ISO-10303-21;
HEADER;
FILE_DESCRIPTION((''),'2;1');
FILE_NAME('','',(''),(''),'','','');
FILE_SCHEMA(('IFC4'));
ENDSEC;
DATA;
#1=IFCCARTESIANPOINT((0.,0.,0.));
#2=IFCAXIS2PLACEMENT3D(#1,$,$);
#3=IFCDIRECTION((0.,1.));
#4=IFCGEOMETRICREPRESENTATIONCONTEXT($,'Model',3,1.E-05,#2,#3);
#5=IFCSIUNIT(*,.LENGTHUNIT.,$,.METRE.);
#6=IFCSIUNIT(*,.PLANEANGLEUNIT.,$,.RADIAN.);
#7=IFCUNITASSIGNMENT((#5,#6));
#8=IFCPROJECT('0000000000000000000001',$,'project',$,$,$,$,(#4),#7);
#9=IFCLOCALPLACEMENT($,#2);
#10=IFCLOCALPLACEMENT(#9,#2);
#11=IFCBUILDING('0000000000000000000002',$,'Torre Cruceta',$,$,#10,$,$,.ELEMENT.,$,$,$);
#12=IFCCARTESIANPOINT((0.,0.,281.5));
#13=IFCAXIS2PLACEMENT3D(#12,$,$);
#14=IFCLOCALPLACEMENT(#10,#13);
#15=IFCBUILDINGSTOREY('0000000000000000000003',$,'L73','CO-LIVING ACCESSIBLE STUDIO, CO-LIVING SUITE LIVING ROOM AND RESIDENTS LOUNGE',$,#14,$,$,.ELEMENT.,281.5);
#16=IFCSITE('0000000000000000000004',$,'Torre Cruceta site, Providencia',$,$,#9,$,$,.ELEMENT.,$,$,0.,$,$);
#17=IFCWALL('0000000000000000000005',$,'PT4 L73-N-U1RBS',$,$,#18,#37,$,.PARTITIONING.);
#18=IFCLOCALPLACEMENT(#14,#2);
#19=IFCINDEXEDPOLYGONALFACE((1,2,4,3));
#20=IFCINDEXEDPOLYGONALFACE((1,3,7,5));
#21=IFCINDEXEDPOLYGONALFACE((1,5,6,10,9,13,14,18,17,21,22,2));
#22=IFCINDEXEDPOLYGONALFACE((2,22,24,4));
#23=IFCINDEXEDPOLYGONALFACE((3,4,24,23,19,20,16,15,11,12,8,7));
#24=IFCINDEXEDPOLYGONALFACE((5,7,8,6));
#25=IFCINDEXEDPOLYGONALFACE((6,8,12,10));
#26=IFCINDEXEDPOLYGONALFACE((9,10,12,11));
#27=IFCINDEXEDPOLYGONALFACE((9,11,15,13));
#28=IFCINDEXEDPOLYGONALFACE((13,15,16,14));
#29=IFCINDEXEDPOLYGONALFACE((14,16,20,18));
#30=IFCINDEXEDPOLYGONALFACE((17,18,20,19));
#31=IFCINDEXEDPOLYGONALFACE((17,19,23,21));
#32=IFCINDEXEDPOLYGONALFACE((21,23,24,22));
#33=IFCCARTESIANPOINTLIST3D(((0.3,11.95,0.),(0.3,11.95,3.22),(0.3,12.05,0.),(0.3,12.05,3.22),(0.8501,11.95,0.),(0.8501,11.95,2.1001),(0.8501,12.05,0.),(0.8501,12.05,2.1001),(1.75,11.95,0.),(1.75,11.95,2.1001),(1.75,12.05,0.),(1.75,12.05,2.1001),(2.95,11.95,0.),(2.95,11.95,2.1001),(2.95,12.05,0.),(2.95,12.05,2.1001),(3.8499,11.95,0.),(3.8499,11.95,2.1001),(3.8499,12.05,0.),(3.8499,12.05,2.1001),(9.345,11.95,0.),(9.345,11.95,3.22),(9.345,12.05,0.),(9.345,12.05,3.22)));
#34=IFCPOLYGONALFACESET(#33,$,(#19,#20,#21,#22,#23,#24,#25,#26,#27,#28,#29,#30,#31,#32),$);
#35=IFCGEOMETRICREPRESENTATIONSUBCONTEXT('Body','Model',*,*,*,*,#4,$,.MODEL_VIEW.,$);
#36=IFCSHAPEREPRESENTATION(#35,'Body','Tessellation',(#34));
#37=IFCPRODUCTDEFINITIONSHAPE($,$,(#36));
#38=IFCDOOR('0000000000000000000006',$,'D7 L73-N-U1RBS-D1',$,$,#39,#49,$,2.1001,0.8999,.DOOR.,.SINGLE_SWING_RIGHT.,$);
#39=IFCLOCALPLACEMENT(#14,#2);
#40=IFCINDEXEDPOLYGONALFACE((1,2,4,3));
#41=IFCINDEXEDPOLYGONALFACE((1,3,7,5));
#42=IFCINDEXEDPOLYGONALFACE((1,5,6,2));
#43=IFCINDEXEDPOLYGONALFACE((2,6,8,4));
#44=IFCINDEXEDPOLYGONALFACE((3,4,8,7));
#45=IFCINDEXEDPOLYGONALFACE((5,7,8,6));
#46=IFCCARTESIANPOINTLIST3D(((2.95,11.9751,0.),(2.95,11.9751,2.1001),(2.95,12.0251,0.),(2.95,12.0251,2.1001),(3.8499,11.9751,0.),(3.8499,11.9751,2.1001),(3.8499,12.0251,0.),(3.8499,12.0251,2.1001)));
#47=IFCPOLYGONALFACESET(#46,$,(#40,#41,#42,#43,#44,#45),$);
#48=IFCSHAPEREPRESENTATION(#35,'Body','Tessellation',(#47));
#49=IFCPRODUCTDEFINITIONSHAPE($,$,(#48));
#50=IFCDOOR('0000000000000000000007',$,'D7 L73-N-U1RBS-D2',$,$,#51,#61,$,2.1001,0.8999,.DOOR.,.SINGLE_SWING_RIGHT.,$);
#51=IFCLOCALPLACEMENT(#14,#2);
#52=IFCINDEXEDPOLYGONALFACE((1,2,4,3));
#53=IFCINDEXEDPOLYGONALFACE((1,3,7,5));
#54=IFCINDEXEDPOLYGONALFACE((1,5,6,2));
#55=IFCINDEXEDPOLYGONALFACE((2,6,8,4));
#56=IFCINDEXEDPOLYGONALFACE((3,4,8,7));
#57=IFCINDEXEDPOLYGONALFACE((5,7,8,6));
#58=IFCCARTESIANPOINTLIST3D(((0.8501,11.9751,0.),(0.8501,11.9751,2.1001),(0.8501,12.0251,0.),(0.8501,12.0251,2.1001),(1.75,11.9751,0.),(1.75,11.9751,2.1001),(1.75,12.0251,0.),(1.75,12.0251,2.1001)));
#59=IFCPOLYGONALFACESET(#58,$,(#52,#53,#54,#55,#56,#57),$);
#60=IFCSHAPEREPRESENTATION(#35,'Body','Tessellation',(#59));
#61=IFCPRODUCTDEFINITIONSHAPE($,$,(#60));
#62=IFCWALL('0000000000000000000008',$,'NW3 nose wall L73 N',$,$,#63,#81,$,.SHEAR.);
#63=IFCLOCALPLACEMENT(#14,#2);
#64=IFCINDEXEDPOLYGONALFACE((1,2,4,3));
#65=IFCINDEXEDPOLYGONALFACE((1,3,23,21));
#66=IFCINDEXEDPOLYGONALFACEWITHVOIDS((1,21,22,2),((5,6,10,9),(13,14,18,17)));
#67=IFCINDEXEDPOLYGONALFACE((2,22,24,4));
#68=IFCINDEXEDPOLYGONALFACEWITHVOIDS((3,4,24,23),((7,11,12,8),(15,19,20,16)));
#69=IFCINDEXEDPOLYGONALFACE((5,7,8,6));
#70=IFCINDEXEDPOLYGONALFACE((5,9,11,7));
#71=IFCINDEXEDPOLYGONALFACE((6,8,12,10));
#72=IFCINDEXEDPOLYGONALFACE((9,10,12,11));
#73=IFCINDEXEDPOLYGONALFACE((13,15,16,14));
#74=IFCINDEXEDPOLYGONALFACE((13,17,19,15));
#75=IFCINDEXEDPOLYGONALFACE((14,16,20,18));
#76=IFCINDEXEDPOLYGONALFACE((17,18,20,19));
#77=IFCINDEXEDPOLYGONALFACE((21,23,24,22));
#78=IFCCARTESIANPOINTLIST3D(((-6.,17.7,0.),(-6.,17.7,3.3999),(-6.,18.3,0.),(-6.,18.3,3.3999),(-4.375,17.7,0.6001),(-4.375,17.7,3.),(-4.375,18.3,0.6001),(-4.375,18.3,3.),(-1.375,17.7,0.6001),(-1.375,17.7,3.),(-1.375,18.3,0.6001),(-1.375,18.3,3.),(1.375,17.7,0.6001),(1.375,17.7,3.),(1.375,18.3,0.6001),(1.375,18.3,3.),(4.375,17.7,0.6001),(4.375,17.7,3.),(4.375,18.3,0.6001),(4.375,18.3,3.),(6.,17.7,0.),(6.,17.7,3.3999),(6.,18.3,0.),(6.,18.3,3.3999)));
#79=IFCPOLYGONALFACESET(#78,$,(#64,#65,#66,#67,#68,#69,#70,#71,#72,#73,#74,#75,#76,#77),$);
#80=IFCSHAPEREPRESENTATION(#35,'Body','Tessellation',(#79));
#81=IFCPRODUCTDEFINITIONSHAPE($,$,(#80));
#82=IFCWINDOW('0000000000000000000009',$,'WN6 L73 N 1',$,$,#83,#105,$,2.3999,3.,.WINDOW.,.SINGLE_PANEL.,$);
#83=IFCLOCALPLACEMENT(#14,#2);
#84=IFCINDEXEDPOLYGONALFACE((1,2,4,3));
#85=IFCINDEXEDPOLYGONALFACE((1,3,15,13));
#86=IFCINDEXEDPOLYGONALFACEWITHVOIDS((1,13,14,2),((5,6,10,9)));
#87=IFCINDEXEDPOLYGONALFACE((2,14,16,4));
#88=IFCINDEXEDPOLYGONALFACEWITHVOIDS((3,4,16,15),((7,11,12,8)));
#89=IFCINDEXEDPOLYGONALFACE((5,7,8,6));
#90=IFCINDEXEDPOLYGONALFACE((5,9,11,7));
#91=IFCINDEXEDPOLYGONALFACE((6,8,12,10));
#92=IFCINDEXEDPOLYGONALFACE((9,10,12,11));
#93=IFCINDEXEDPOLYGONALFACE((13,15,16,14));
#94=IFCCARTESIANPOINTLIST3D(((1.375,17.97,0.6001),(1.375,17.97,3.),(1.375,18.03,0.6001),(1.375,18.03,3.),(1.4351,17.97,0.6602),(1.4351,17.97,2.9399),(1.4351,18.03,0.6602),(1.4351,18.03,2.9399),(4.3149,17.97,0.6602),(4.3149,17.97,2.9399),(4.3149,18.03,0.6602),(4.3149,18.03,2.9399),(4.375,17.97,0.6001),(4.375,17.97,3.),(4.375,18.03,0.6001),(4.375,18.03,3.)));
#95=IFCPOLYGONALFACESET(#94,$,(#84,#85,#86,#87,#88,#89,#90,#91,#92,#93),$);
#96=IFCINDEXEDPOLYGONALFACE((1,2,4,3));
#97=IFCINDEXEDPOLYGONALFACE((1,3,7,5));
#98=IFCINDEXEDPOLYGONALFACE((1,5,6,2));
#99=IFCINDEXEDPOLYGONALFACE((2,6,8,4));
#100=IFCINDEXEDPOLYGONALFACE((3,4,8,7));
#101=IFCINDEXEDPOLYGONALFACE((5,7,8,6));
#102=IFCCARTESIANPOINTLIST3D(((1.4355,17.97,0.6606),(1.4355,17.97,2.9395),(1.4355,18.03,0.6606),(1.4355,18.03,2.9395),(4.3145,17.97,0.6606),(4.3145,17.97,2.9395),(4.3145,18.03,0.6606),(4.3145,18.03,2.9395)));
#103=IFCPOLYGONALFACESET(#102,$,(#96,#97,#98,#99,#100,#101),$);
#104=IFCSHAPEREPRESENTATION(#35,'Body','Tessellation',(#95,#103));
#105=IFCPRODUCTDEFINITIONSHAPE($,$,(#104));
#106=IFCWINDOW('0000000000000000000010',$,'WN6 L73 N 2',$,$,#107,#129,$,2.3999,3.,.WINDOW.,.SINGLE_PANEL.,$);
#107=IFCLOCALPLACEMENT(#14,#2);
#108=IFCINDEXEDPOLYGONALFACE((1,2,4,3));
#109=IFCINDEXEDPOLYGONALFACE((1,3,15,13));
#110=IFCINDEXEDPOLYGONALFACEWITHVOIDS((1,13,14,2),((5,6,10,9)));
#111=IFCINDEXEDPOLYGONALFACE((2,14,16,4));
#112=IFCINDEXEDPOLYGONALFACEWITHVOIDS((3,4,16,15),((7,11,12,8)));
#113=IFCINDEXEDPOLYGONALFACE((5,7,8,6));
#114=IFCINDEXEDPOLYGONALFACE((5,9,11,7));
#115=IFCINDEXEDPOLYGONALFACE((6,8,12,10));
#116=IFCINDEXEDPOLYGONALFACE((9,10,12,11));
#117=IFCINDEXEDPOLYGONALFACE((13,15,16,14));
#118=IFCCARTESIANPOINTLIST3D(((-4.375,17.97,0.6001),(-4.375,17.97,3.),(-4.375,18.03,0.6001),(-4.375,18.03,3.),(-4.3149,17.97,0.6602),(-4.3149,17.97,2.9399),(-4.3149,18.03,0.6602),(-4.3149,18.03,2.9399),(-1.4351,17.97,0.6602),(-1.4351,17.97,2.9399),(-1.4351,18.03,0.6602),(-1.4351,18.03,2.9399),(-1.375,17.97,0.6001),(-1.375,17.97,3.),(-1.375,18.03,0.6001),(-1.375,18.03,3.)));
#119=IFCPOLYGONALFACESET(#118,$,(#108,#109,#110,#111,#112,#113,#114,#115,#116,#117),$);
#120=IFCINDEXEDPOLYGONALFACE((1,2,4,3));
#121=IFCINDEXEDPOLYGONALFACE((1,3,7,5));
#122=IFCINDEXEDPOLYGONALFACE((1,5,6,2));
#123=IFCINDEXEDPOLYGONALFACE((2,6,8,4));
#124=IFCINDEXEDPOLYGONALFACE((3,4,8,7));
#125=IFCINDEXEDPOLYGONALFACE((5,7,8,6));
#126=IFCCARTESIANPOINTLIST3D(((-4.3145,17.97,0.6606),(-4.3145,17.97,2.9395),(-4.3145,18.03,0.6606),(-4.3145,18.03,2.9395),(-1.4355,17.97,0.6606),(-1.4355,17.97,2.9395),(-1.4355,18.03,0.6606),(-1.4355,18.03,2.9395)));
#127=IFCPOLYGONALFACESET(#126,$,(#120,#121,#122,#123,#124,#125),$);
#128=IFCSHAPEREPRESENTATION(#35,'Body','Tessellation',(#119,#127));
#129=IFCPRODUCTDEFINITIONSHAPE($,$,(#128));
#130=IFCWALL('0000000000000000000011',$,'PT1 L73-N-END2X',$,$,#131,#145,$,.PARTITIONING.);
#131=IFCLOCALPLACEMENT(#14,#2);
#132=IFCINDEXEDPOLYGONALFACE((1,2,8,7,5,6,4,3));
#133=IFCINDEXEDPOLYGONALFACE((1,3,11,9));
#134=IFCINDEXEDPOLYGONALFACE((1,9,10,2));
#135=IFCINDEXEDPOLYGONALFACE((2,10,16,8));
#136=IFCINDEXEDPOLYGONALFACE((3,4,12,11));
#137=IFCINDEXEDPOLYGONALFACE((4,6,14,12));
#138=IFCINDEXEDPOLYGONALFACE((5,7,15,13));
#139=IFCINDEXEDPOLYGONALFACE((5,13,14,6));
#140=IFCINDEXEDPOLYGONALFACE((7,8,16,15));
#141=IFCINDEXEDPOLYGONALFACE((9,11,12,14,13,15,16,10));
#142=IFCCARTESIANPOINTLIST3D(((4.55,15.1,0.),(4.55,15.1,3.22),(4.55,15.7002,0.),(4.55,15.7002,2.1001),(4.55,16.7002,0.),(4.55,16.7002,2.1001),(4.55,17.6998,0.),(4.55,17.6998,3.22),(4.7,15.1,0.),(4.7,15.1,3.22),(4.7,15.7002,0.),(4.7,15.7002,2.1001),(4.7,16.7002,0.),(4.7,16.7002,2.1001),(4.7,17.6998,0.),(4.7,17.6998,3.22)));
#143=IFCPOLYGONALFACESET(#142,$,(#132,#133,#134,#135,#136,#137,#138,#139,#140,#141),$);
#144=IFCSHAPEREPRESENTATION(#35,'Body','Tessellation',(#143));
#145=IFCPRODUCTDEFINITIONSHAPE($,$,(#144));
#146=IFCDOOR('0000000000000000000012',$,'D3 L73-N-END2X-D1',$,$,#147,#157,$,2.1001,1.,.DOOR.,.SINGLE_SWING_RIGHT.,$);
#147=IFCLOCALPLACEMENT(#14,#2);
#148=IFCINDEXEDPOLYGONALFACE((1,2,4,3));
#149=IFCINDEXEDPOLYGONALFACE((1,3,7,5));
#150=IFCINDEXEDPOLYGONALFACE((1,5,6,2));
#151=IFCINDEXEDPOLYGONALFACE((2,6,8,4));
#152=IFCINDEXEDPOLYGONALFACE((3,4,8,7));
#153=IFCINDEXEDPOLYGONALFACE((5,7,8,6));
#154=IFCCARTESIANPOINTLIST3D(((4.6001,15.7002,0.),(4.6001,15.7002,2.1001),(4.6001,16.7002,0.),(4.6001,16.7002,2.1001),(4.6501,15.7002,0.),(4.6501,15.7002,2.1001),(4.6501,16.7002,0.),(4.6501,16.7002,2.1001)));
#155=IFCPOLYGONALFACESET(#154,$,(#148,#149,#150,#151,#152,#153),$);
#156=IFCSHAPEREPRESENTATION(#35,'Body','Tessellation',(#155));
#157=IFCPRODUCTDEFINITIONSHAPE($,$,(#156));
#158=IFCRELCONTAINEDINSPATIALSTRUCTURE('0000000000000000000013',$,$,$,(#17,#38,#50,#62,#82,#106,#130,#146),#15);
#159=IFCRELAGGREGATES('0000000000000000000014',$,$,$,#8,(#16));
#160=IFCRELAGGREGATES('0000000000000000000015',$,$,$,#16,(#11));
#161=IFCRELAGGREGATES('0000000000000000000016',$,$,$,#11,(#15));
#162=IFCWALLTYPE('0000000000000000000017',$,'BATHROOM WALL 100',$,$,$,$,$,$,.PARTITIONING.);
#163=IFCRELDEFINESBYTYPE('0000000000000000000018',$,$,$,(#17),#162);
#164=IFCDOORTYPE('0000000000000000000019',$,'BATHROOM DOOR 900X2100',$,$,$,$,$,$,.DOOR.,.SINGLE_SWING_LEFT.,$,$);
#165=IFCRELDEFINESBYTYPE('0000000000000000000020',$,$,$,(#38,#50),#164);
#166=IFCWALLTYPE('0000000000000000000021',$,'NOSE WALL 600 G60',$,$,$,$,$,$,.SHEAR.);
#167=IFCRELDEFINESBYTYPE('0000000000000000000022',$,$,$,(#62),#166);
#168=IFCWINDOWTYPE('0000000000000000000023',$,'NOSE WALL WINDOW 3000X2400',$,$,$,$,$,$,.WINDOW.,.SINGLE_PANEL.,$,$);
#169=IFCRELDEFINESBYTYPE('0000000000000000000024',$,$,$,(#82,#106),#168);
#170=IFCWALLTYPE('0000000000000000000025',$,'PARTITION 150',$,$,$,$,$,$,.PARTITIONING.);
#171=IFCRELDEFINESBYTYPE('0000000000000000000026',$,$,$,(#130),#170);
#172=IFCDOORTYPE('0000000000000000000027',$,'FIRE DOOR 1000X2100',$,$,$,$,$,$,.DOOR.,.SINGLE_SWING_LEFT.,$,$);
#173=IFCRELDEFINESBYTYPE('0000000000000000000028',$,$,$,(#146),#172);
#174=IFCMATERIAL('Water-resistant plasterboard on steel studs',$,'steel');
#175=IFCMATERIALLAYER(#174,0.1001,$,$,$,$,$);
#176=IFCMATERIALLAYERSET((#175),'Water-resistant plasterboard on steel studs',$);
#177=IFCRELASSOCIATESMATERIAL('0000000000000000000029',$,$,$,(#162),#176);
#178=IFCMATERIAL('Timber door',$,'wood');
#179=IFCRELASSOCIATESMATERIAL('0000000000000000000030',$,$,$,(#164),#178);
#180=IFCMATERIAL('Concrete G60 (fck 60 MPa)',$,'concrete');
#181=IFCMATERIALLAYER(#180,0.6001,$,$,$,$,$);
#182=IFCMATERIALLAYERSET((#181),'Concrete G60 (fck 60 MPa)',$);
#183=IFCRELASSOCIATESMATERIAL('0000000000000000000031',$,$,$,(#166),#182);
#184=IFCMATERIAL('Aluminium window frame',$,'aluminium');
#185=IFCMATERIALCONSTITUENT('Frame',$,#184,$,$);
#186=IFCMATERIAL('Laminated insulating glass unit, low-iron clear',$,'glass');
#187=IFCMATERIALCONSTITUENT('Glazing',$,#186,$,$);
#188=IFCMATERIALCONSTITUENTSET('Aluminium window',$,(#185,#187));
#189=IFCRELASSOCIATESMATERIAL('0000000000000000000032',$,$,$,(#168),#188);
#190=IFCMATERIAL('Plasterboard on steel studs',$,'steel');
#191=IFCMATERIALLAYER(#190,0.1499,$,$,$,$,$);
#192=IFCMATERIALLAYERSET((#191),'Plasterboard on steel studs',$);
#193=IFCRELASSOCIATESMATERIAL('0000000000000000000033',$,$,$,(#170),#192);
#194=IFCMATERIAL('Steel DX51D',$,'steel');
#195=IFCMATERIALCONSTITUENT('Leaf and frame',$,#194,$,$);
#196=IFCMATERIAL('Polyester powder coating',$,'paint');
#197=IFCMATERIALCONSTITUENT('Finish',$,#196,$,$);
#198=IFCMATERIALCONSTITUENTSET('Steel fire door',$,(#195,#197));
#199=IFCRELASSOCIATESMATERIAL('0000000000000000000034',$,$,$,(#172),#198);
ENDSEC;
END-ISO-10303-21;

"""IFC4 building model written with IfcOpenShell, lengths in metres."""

from ifc_helpers import new_model, si_unit, direction, frame, frame_2d, origin, place, context, subcontext, project, spatial, rectangle, hollow_rectangle, extrude, material, layer, layer_set, constituent, constituent_set, type_object, element, fill, save


model = new_model("IFC4")

# Units and contexts
model_context = context("Model", 3, precision=1e-05, world=origin(), true_north=direction((0.0, 1.0)))
body_context = subcontext(model_context, "Body", "Model", "MODEL_VIEW")
ifc_project = project(units=[si_unit("LENGTHUNIT", "METRE"), si_unit("PLANEANGLEUNIT", "RADIAN")], contexts=[model_context])

# Site, building, storey
site_placement = place(None, origin())
site = spatial("IfcSite", under=ifc_project, at=site_placement, Name="Torre Cruceta site, Providencia", CompositionType="ELEMENT", RefElevation=0.0)
building_placement = place(site_placement, origin())
building = spatial("IfcBuilding", under=site, at=building_placement, Name="Torre Cruceta", CompositionType="ELEMENT")
storey_placement = place(building_placement, frame((0.0, 0.0, 281.5)))
storey = spatial("IfcBuildingStorey", under=building, at=storey_placement, Name="L73", Description="CO-LIVING ACCESSIBLE STUDIO, CO-LIVING SUITE LIVING ROOM AND RESIDENTS LOUNGE", CompositionType="ELEMENT", Elevation=281.5)

# Shared definitions
ifc_material_1 = material(Name="Water-resistant plasterboard on steel studs", Category="steel")
ifc_layer_1 = layer(ifc_material_1, 0.1001)
ifc_layer_set_1 = layer_set([ifc_layer_1], Name="Water-resistant plasterboard on steel studs")
wall_type_1 = type_object("IfcWallType", Name="BATHROOM WALL 100", PredefinedType="PARTITIONING", material=ifc_layer_set_1)

# Wall, openings, doors
wall_1_placement = place(storey_placement, frame((9.345, 12.0, 0.0), z_axis=(0.0, 0.0, 1.0), x_axis=(-1.0, 0.0, 0.0)))
wall_1 = element("IfcWall", 1, at=wall_1_placement, inside=storey, type_object=wall_type_1, Name="PT4 L73-N-U1RBS", PredefinedType="PARTITIONING", context=body_context, shape_type="SweptSolid", body=[
    extrude(rectangle(XDim=9.0449, YDim=0.1001, at=frame_2d((4.5225, 0.0))), origin(), (0.0, 0.0, 1.0), 3.22),
])
opening_1_placement = place(wall_1_placement, frame((5.4951, 0.0, 0.0)))
opening_1 = element("IfcOpeningElement", 2, at=opening_1_placement, cuts=wall_1, PredefinedType="OPENING", context=body_context, shape_type="SweptSolid", body=[
    extrude(rectangle(XDim=0.8999, YDim=2.1001, at=frame_2d((0.45, 1.05))), frame((0.0, 0.0601, 0.0), z_axis=(0.0, -1.0, 0.0), x_axis=(1.0, 0.0, 0.0)), (0.0, 0.0, 1.0), 0.1201),
])
opening_2_placement = place(wall_1_placement, frame((7.595, 0.0, 0.0)))
opening_2 = element("IfcOpeningElement", 3, at=opening_2_placement, cuts=wall_1, PredefinedType="OPENING", context=body_context, shape_type="SweptSolid", body=[
    extrude(rectangle(XDim=0.8999, YDim=2.1001, at=frame_2d((0.45, 1.05))), frame((0.0, 0.0601, 0.0), z_axis=(0.0, -1.0, 0.0), x_axis=(1.0, 0.0, 0.0)), (0.0, 0.0, 1.0), 0.1201),
])
ifc_material_2 = material(Name="Timber door", Category="wood")
door_type_1 = type_object("IfcDoorType", Name="BATHROOM DOOR 900X2100", OperationType="SINGLE_SWING_LEFT", PredefinedType="DOOR", material=ifc_material_2)
door_1_placement = place(opening_1_placement, origin())
door_1 = element("IfcDoor", 4, at=door_1_placement, inside=storey, type_object=door_type_1, Name="D7 L73-N-U1RBS-D1", OperationType="SINGLE_SWING_RIGHT", OverallHeight=2.1001, OverallWidth=0.8999, PredefinedType="DOOR", context=body_context, shape_type="SweptSolid", body=[
    extrude(rectangle(XDim=0.8999, YDim=2.1001, at=frame_2d((0.45, 1.05))), frame((0.0, 0.0249, 0.0), z_axis=(0.0, -1.0, 0.0), x_axis=(1.0, 0.0, 0.0)), (0.0, 0.0, 1.0), 0.05),
])
fill(opening_1, door_1)
door_2_placement = place(opening_2_placement, origin())
door_2 = element("IfcDoor", 5, at=door_2_placement, inside=storey, type_object=door_type_1, Name="D7 L73-N-U1RBS-D2", OperationType="SINGLE_SWING_RIGHT", OverallHeight=2.1001, OverallWidth=0.8999, PredefinedType="DOOR", context=body_context, shape_type="SweptSolid", body=[
    extrude(rectangle(XDim=0.8999, YDim=2.1001, at=frame_2d((0.45, 1.05))), frame((0.0, 0.0249, 0.0), z_axis=(0.0, -1.0, 0.0), x_axis=(1.0, 0.0, 0.0)), (0.0, 0.0, 1.0), 0.05),
])
fill(opening_2, door_2)

# Wall, openings, windows
ifc_material_3 = material(Name="Concrete G60 (fck 60 MPa)", Category="concrete")
ifc_layer_2 = layer(ifc_material_3, 0.6001)
ifc_layer_set_2 = layer_set([ifc_layer_2], Name="Concrete G60 (fck 60 MPa)")
wall_type_2 = type_object("IfcWallType", Name="NOSE WALL 600 G60", PredefinedType="SHEAR", material=ifc_layer_set_2)
wall_2_placement = place(storey_placement, frame((6.0, 18.0, 0.0), z_axis=(0.0, 0.0, 1.0), x_axis=(-1.0, 0.0, 0.0)))
wall_2 = element("IfcWall", 6, at=wall_2_placement, inside=storey, type_object=wall_type_2, Name="NW3 nose wall L73 N", PredefinedType="SHEAR", context=body_context, shape_type="SweptSolid", body=[
    extrude(rectangle(XDim=12.0, YDim=0.6001, at=frame_2d((6.0, 0.0))), origin(), (0.0, 0.0, 1.0), 3.3999),
])
opening_3_placement = place(wall_2_placement, frame((1.625, 0.0, 0.6001)))
opening_3 = element("IfcOpeningElement", 7, at=opening_3_placement, cuts=wall_2, PredefinedType="OPENING", context=body_context, shape_type="SweptSolid", body=[
    extrude(rectangle(XDim=3.0, YDim=2.3999, at=frame_2d((1.5, 1.2))), frame((0.0, 0.3101, 0.0), z_axis=(0.0, -1.0, 0.0), x_axis=(1.0, 0.0, 0.0)), (0.0, 0.0, 1.0), 0.6201),
])
opening_4_placement = place(wall_2_placement, frame((7.375, 0.0, 0.6001)))
opening_4 = element("IfcOpeningElement", 8, at=opening_4_placement, cuts=wall_2, PredefinedType="OPENING", context=body_context, shape_type="SweptSolid", body=[
    extrude(rectangle(XDim=3.0, YDim=2.3999, at=frame_2d((1.5, 1.2))), frame((0.0, 0.3101, 0.0), z_axis=(0.0, -1.0, 0.0), x_axis=(1.0, 0.0, 0.0)), (0.0, 0.0, 1.0), 0.6201),
])
ifc_material_4 = material(Name="Aluminium window frame", Category="aluminium")
ifc_constituent_1 = constituent(ifc_material_4, Name="Frame")
ifc_material_5 = material(Name="Laminated insulating glass unit, low-iron clear", Category="glass")
ifc_constituent_2 = constituent(ifc_material_5, Name="Glazing")
ifc_constituent_set_1 = constituent_set(constituents=[ifc_constituent_1, ifc_constituent_2], Name="Aluminium window")
window_type = type_object("IfcWindowType", Name="NOSE WALL WINDOW 3000X2400", PartitioningType="SINGLE_PANEL", PredefinedType="WINDOW", material=ifc_constituent_set_1)
window_1_placement = place(opening_3_placement, origin())
window_1 = element("IfcWindow", 9, at=window_1_placement, inside=storey, type_object=window_type, Name="WN6 L73 N 1", OverallHeight=2.3999, OverallWidth=3.0, PartitioningType="SINGLE_PANEL", PredefinedType="WINDOW", context=body_context, shape_type="SweptSolid", body=[
    extrude(hollow_rectangle(XDim=3.0, YDim=2.3999, WallThickness=0.0601, at=frame_2d((1.5, 1.2))), frame((0.0, 0.03, 0.0), z_axis=(0.0, -1.0, 0.0), x_axis=(1.0, 0.0, 0.0)), (0.0, 0.0, 1.0), 0.0601),
    extrude(rectangle(XDim=2.8789, YDim=2.2788, at=frame_2d((1.5, 1.2))), frame((0.0, 0.03, 0.0), z_axis=(0.0, -1.0, 0.0), x_axis=(1.0, 0.0, 0.0)), (0.0, 0.0, 1.0), 0.0601),
])
fill(opening_3, window_1)
window_2_placement = place(opening_4_placement, origin())
window_2 = element("IfcWindow", 10, at=window_2_placement, inside=storey, type_object=window_type, Name="WN6 L73 N 2", OverallHeight=2.3999, OverallWidth=3.0, PartitioningType="SINGLE_PANEL", PredefinedType="WINDOW", context=body_context, shape_type="SweptSolid", body=[
    extrude(hollow_rectangle(XDim=3.0, YDim=2.3999, WallThickness=0.0601, at=frame_2d((1.5, 1.2))), frame((0.0, 0.03, 0.0), z_axis=(0.0, -1.0, 0.0), x_axis=(1.0, 0.0, 0.0)), (0.0, 0.0, 1.0), 0.0601),
    extrude(rectangle(XDim=2.8789, YDim=2.2788, at=frame_2d((1.5, 1.2))), frame((0.0, 0.03, 0.0), z_axis=(0.0, -1.0, 0.0), x_axis=(1.0, 0.0, 0.0)), (0.0, 0.0, 1.0), 0.0601),
])
fill(opening_4, window_2)

# Wall, opening, door
ifc_material_6 = material(Name="Plasterboard on steel studs", Category="steel")
ifc_layer_3 = layer(ifc_material_6, 0.1499)
ifc_layer_set_3 = layer_set([ifc_layer_3], Name="Plasterboard on steel studs")
wall_type_3 = type_object("IfcWallType", Name="PARTITION 150", PredefinedType="PARTITIONING", material=ifc_layer_set_3)
wall_3_placement = place(storey_placement, frame((4.625, 15.1001, 0.0), z_axis=(0.0, 0.0, 1.0), x_axis=(0.0, 1.0, 0.0)))
wall_3 = element("IfcWall", 11, at=wall_3_placement, inside=storey, type_object=wall_type_3, Name="PT1 L73-N-END2X", PredefinedType="PARTITIONING", context=body_context, shape_type="SweptSolid", body=[
    extrude(rectangle(XDim=2.5999, YDim=0.1499, at=frame_2d((1.2998, 0.0))), origin(), (0.0, 0.0, 1.0), 3.22),
])
opening_5_placement = place(wall_3_placement, frame((0.6001, 0.0, 0.0)))
opening_5 = element("IfcOpeningElement", 12, at=opening_5_placement, cuts=wall_3, PredefinedType="OPENING", context=body_context, shape_type="SweptSolid", body=[
    extrude(rectangle(XDim=1.0, YDim=2.1001, at=frame_2d((0.5, 1.05))), frame((0.0, 0.085, 0.0), z_axis=(0.0, -1.0, 0.0), x_axis=(1.0, 0.0, 0.0)), (0.0, 0.0, 1.0), 0.1699),
])
ifc_material_7 = material(Name="Steel DX51D", Category="steel")
ifc_constituent_3 = constituent(ifc_material_7, Name="Leaf and frame")
ifc_material_8 = material(Name="Polyester powder coating", Category="paint")
ifc_constituent_4 = constituent(ifc_material_8, Name="Finish")
ifc_constituent_set_2 = constituent_set(constituents=[ifc_constituent_3, ifc_constituent_4], Name="Steel fire door")
door_type_2 = type_object("IfcDoorType", Name="FIRE DOOR 1000X2100", OperationType="SINGLE_SWING_LEFT", PredefinedType="DOOR", material=ifc_constituent_set_2)
door_3_placement = place(opening_5_placement, frame((1.0, 0.0, 0.0), z_axis=(0.0, 0.0, 1.0), x_axis=(-1.0, 0.0, 0.0)))
door_3 = element("IfcDoor", 13, at=door_3_placement, inside=storey, type_object=door_type_2, Name="D3 L73-N-END2X-D1", OperationType="SINGLE_SWING_RIGHT", OverallHeight=2.1001, OverallWidth=1.0, PredefinedType="DOOR", context=body_context, shape_type="SweptSolid", body=[
    extrude(rectangle(XDim=1.0, YDim=2.1001, at=frame_2d((0.5, 1.05))), frame((0.0, 0.0251, 0.0), z_axis=(0.0, -1.0, 0.0), x_axis=(1.0, 0.0, 0.0)), (0.0, 0.0, 1.0), 0.05),
])
fill(opening_5, door_3)

save(model, "model.ifc")
